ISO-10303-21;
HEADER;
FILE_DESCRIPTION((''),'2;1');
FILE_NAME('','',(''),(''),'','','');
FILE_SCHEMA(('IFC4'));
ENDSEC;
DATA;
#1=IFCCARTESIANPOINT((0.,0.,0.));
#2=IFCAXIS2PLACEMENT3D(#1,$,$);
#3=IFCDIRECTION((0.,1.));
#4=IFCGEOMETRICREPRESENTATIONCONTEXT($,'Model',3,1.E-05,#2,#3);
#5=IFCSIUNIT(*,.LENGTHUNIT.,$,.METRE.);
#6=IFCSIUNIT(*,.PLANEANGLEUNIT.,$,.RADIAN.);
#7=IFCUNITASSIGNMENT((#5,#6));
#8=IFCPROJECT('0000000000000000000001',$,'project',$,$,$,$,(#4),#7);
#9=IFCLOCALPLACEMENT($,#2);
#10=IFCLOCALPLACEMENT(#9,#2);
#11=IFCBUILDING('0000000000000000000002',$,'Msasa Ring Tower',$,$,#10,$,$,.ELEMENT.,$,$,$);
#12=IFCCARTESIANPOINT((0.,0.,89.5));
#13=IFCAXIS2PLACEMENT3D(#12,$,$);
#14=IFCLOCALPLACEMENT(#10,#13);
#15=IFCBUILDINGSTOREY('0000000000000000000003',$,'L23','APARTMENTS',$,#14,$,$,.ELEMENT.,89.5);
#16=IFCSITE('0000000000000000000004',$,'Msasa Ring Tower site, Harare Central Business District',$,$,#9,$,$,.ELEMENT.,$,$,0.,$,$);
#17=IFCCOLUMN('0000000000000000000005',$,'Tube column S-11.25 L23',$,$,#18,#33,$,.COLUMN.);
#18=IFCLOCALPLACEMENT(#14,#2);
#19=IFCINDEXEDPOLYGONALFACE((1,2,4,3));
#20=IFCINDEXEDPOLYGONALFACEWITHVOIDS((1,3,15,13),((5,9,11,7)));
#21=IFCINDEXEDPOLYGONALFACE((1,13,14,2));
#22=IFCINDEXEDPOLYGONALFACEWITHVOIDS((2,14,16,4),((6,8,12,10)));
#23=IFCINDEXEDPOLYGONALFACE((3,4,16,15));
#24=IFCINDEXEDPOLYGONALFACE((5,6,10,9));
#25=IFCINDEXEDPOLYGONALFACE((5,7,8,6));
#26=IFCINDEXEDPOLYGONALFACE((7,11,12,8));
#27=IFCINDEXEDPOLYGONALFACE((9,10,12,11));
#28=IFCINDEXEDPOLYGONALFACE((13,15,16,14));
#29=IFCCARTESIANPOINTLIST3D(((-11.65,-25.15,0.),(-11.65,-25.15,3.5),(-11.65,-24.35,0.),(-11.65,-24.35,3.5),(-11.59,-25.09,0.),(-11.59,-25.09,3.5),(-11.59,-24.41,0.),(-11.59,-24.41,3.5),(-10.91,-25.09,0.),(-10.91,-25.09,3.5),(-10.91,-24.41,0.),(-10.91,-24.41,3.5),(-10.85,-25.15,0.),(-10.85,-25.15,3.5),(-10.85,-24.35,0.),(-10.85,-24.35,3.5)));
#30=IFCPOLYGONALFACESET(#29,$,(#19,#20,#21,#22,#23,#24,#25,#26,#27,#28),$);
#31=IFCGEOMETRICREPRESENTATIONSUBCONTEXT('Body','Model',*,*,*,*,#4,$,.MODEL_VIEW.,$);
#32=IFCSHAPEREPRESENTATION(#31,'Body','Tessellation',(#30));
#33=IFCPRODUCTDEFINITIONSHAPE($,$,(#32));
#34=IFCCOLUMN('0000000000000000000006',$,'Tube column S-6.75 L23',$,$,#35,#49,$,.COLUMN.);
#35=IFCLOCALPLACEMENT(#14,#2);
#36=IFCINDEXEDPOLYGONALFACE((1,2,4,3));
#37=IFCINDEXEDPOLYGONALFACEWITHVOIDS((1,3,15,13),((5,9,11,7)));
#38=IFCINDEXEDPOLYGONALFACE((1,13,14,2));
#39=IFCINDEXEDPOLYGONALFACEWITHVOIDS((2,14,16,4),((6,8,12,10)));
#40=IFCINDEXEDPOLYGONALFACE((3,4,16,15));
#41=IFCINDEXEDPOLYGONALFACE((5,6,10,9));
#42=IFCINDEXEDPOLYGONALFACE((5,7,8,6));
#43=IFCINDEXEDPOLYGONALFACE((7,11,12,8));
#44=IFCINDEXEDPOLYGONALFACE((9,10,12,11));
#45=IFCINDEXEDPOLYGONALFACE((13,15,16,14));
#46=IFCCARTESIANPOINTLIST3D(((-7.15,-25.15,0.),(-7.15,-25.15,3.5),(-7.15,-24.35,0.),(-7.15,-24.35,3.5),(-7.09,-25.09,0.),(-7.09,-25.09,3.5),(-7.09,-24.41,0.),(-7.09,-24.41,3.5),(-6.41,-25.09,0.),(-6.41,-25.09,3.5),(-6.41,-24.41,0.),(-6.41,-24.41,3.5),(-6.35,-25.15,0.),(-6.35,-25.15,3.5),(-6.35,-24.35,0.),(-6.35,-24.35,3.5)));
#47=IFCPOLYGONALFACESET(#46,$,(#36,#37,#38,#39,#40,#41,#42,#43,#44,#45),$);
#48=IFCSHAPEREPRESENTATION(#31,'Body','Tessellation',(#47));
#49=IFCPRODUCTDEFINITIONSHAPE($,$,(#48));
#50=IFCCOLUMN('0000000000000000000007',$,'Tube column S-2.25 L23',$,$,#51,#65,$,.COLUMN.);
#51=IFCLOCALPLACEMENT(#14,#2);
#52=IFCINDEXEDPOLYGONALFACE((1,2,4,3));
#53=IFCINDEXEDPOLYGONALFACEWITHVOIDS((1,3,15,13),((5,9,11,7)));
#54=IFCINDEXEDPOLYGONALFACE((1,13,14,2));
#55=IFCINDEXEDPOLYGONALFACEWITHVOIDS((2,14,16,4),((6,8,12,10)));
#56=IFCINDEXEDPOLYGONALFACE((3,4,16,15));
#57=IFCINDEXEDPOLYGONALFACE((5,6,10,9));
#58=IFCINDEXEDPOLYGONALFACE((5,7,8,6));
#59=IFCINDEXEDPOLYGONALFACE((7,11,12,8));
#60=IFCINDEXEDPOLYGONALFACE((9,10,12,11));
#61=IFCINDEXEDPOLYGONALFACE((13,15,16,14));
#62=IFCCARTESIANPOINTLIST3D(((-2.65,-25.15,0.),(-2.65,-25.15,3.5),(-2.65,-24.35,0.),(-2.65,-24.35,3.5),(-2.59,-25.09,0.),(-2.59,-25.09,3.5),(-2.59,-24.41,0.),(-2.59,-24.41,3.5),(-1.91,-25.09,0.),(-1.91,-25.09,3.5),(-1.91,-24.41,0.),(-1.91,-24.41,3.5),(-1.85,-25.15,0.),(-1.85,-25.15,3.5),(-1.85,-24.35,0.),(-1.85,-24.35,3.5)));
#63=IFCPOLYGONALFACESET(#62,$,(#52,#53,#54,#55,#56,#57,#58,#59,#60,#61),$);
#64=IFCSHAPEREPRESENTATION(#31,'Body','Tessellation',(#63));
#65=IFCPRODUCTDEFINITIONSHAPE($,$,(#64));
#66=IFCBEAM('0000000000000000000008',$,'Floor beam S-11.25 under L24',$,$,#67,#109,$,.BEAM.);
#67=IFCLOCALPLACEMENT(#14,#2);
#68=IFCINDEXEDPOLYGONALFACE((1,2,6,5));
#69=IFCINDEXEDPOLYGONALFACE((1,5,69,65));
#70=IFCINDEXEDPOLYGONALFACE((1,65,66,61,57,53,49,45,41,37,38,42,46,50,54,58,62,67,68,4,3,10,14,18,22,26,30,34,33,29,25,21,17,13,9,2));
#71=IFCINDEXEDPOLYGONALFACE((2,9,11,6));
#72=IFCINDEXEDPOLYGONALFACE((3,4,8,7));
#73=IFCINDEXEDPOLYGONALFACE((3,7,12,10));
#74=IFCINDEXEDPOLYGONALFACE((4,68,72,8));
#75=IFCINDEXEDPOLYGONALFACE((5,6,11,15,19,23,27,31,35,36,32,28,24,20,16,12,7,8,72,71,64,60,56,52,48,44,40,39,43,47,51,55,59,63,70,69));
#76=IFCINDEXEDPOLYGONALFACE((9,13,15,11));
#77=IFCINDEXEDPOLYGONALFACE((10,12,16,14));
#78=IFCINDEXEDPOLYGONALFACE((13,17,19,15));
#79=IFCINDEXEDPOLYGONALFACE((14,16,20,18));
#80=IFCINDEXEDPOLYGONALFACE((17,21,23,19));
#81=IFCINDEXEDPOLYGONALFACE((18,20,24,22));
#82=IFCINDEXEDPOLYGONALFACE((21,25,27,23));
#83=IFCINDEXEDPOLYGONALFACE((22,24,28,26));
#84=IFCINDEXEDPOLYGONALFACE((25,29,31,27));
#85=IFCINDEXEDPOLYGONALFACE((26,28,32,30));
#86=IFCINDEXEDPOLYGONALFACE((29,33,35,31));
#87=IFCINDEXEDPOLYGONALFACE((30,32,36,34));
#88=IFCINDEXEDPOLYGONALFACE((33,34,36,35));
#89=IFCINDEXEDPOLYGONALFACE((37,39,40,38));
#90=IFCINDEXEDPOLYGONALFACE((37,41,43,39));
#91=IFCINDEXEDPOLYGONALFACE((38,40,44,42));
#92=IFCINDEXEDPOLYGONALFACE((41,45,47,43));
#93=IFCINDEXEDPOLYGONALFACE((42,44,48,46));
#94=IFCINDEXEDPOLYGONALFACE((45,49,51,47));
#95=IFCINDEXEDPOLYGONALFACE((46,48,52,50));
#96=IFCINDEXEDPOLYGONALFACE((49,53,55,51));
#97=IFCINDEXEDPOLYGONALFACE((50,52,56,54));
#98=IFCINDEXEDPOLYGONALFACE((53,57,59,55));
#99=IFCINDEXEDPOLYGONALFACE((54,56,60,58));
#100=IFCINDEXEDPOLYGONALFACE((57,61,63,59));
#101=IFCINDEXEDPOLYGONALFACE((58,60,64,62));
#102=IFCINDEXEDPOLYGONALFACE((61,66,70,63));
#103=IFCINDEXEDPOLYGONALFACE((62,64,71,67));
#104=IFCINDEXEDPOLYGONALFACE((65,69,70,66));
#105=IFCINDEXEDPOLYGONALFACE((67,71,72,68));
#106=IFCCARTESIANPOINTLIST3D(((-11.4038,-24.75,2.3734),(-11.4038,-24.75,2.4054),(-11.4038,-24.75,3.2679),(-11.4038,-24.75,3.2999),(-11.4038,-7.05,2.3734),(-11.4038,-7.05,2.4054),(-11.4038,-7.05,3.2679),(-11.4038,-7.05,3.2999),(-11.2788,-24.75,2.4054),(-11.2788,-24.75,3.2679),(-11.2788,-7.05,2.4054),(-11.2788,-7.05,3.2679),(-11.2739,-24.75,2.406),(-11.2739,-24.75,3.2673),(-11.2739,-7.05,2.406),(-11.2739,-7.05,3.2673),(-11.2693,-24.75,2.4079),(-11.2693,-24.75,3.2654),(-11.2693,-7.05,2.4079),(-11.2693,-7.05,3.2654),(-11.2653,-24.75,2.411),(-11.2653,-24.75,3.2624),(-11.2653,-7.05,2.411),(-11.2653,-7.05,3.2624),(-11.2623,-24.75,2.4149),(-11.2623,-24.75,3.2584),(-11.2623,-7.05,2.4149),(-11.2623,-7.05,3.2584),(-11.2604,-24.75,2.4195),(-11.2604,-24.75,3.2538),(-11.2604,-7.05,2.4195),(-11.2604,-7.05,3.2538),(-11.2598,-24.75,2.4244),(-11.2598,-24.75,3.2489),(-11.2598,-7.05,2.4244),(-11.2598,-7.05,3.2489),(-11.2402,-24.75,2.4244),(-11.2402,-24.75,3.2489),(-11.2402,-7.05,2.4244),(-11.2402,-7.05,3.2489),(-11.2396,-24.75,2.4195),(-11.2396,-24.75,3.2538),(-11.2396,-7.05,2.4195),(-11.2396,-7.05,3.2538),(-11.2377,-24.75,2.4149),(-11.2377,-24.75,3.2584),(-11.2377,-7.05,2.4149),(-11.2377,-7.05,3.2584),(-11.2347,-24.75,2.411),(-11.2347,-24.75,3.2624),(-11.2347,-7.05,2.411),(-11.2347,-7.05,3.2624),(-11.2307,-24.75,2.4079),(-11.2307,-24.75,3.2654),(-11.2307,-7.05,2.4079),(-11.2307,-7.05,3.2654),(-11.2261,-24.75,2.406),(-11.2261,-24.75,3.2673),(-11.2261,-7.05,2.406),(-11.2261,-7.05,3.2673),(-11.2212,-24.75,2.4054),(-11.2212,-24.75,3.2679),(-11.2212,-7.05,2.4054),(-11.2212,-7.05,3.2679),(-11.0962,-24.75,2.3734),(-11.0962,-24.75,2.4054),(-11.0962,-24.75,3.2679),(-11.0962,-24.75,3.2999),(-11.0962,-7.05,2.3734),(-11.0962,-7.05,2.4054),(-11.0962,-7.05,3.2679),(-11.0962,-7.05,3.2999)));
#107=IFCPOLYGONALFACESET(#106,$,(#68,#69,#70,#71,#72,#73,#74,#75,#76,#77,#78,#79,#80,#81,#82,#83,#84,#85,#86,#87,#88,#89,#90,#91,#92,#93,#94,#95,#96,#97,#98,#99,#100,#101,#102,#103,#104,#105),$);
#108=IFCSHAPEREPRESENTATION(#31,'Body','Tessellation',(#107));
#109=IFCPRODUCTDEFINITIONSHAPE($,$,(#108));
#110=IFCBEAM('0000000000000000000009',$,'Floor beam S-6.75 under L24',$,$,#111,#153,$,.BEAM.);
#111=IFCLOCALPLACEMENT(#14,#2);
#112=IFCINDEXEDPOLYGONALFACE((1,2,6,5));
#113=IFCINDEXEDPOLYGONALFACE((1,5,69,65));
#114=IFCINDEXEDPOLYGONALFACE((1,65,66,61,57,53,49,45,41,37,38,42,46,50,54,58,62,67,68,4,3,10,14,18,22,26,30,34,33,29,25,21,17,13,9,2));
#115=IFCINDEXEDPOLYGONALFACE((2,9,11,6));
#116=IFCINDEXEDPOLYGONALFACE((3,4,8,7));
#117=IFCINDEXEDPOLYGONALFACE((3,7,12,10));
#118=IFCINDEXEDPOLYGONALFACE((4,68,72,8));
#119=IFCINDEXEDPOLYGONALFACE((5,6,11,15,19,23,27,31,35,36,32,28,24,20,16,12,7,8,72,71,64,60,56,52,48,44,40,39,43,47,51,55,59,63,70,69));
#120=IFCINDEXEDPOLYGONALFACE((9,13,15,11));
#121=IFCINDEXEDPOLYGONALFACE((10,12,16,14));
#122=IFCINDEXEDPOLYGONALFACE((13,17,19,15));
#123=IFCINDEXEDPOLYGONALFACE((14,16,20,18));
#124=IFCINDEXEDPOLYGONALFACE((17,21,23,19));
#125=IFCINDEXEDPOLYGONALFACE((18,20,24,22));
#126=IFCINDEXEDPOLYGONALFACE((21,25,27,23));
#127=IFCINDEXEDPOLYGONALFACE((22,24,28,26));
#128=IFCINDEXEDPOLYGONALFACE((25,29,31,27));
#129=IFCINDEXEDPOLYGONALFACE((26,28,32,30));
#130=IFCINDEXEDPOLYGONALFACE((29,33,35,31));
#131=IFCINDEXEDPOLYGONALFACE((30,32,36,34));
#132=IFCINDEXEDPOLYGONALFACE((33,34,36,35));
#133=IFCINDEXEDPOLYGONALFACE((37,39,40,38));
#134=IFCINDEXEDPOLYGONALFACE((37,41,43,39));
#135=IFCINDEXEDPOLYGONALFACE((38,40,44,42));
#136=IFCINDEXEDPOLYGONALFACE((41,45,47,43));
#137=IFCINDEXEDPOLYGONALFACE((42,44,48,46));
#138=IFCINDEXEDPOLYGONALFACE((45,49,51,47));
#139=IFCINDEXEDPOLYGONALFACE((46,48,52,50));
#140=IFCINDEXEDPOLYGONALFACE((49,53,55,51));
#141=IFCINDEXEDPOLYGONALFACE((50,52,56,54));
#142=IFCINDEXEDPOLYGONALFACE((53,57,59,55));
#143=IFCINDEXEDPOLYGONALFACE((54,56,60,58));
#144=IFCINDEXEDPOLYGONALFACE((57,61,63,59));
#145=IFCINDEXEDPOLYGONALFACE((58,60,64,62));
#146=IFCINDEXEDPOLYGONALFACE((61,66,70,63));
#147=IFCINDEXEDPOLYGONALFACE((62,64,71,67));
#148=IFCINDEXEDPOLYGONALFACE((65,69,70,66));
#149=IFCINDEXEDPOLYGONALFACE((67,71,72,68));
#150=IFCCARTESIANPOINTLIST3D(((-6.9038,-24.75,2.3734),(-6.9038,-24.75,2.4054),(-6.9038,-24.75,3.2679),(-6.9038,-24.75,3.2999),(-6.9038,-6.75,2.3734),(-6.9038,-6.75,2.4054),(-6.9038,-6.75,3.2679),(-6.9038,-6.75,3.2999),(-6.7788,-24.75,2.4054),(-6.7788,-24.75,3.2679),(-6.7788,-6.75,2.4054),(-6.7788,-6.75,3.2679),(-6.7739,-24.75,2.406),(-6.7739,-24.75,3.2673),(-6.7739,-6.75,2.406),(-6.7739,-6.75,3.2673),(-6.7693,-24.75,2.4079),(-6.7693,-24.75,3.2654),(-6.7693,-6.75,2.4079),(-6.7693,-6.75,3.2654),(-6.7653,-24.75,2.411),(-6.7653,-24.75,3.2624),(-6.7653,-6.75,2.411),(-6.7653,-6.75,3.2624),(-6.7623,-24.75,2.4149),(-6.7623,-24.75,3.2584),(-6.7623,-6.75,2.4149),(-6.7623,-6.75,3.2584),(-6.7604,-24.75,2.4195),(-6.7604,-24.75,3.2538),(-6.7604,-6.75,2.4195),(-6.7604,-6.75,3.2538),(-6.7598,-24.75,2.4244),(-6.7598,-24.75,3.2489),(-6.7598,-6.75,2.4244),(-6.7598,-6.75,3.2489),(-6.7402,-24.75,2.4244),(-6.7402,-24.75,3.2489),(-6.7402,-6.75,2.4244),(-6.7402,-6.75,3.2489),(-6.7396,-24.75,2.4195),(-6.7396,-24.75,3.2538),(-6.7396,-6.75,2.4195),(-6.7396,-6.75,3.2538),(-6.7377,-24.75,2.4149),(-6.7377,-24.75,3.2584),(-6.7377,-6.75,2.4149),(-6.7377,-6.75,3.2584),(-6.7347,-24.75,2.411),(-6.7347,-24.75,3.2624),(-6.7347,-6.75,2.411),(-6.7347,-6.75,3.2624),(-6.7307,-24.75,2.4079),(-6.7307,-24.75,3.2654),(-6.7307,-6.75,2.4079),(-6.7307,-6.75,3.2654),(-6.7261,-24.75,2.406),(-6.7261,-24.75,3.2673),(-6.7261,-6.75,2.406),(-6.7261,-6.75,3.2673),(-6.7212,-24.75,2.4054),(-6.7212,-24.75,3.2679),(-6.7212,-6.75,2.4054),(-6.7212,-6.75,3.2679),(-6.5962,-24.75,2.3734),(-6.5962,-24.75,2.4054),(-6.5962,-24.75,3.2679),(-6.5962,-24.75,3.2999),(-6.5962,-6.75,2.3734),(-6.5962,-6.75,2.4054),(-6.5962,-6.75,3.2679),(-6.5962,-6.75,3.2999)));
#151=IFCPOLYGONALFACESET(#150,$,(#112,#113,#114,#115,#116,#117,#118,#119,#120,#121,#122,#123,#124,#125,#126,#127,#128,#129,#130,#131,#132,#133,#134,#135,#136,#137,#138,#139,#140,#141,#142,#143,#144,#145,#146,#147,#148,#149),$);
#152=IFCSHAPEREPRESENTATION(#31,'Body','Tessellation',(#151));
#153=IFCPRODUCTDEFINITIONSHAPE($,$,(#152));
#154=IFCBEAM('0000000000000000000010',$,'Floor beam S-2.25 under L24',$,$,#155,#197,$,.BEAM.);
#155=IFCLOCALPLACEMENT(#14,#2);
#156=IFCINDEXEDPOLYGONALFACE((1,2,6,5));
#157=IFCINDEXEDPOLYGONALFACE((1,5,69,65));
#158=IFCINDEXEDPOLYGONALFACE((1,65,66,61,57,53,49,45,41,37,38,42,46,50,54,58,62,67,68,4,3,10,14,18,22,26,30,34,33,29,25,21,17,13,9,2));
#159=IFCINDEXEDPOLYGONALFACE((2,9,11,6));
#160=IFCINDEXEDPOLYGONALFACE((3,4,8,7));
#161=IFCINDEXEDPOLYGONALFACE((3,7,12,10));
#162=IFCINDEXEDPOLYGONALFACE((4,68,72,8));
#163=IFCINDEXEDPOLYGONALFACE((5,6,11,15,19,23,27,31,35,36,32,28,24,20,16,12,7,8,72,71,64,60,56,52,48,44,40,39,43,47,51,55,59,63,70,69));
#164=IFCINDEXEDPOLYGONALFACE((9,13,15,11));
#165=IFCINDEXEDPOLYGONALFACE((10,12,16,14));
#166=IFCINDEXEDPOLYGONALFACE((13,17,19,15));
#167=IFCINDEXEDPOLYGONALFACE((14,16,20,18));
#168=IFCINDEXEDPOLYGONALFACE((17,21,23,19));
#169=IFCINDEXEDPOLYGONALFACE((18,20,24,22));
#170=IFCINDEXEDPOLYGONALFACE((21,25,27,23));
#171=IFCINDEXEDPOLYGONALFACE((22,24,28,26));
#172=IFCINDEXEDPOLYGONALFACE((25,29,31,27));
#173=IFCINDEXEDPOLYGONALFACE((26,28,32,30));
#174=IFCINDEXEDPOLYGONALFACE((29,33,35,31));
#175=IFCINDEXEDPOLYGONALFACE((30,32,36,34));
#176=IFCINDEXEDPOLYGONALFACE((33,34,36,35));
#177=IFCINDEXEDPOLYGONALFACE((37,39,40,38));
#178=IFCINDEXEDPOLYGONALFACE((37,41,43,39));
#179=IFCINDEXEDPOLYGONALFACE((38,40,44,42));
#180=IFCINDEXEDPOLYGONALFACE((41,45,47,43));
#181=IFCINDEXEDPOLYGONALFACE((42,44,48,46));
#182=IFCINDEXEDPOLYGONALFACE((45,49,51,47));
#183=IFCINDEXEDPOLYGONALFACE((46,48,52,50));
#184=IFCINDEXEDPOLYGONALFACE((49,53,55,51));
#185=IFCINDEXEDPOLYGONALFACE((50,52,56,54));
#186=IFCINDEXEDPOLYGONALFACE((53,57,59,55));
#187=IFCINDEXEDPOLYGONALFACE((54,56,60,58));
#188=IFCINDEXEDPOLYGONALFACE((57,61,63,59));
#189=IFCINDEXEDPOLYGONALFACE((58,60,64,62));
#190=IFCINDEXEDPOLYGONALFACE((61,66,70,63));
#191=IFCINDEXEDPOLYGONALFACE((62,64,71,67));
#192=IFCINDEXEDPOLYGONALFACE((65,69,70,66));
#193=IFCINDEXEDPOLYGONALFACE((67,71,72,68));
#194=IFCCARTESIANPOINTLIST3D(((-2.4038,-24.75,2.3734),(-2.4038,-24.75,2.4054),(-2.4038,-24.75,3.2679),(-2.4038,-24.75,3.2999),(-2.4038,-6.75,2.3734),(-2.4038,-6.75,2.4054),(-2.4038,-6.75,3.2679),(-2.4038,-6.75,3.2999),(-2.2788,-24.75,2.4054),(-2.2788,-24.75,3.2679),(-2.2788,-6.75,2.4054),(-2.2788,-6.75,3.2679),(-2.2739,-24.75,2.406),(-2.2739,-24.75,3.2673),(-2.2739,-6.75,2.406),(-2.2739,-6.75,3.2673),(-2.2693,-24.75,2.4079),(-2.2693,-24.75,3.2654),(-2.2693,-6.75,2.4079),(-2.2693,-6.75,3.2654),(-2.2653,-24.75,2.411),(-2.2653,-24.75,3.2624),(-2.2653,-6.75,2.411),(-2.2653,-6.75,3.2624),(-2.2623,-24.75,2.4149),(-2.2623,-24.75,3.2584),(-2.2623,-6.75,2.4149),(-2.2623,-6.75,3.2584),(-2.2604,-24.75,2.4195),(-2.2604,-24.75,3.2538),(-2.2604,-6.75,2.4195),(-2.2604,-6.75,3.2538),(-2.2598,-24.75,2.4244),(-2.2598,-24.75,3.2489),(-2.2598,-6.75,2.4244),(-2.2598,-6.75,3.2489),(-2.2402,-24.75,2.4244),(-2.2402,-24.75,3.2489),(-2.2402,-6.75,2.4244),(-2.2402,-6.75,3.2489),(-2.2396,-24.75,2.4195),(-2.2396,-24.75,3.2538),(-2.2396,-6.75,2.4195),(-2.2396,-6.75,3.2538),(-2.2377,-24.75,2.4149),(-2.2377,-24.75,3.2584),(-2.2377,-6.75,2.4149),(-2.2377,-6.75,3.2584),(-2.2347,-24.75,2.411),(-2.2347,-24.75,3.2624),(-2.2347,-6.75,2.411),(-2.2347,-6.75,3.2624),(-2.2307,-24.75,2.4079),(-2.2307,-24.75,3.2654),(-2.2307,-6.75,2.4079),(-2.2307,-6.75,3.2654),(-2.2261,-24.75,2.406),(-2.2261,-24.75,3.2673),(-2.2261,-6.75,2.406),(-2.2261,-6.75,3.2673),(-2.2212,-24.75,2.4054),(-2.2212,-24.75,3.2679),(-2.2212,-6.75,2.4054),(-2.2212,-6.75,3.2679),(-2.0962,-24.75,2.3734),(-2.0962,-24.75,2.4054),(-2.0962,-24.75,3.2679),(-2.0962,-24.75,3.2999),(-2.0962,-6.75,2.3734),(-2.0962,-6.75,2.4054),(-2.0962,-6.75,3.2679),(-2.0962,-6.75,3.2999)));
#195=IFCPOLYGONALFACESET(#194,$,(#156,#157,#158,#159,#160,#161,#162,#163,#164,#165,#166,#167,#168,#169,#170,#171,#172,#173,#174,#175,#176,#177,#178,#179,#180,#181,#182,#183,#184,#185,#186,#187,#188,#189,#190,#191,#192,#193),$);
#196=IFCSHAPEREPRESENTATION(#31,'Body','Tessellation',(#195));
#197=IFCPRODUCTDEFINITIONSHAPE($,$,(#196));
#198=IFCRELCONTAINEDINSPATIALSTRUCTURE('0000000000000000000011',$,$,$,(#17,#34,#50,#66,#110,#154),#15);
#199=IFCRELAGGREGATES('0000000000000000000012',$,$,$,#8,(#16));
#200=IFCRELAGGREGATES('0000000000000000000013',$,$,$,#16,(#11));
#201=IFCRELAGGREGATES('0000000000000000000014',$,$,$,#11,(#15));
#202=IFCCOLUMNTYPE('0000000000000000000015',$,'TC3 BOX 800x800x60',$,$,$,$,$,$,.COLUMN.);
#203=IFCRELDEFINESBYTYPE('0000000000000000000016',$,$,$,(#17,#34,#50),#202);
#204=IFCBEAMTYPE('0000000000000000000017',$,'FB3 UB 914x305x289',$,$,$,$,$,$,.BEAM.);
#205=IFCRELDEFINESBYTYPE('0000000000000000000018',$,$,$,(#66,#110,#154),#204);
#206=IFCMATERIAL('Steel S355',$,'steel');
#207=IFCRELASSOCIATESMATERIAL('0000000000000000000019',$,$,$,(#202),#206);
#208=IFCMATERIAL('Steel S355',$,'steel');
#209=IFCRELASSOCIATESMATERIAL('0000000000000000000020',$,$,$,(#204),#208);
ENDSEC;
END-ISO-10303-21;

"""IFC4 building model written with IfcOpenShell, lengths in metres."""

from ifc_helpers import new_model, si_unit, direction, frame, origin, origin_2d, place, context, subcontext, project, spatial, hollow_rectangle, i_section, extrude, material, material_profile, profile_set, type_object, element, save


model = new_model("IFC4")

# Units and contexts
model_context = context("Model", 3, precision=1e-05, world=origin(), true_north=direction((0.0, 1.0)))
body_context = subcontext(model_context, "Body", "Model", "MODEL_VIEW")
ifc_project = project(units=[si_unit("LENGTHUNIT", "METRE"), si_unit("PLANEANGLEUNIT", "RADIAN")], contexts=[model_context])

# Site, building, storey
site_placement = place(None, origin())
site = spatial("IfcSite", under=ifc_project, at=site_placement, Name="Msasa Ring Tower site, Harare Central Business District", CompositionType="ELEMENT", RefElevation=0.0)
building_placement = place(site_placement, origin())
building = spatial("IfcBuilding", under=site, at=building_placement, Name="Msasa Ring Tower", CompositionType="ELEMENT")
storey_placement = place(building_placement, frame((0.0, 0.0, 89.5)))
storey = spatial("IfcBuildingStorey", under=building, at=storey_placement, Name="L23", Description="APARTMENTS", CompositionType="ELEMENT", Elevation=89.5)

# Columns
ifc_material_1 = material(Name="Steel S355", Category="steel")
ifc_material_profile_1 = material_profile(ifc_material_1, hollow_rectangle(XDim=0.8, YDim=0.8, WallThickness=0.0601, at=origin_2d()), Name="BOX 800x800x60")
ifc_profile_set_1 = profile_set([ifc_material_profile_1], Name="Steel S355")
column_type = type_object("IfcColumnType", Name="TC3 BOX 800x800x60", PredefinedType="COLUMN", material=ifc_profile_set_1)
for number, where, z_axis, x_axis, name in (
    (1, (-11.25, -24.75, 0.0), (0.0, 0.0, 1.0), (0.0, 1.0, 0.0), "Tube column S-11.25 L23"),
    (2, (-6.75, -24.75, 0.0), (0.0, 0.0, 1.0), (0.0, 1.0, 0.0), "Tube column S-6.75 L23"),
    (3, (-2.25, -24.75, 0.0), (0.0, 0.0, 1.0), (0.0, 1.0, 0.0), "Tube column S-2.25 L23"),
):
    element("IfcColumn", number, at=place(storey_placement, frame(where, z_axis=z_axis, x_axis=x_axis)), inside=storey, type_object=column_type, Name=name, PredefinedType="COLUMN", context=body_context, shape_type="SweptSolid", body=[
        extrude(hollow_rectangle(XDim=0.8, YDim=0.8, WallThickness=0.0601, at=origin_2d()), origin(), (0.0, 0.0, 1.0), 3.5),
    ])

# Beams
ifc_material_2 = material(Name="Steel S355", Category="steel")
ifc_material_profile_2 = material_profile(ifc_material_2, i_section(OverallWidth=0.3076, OverallDepth=0.9265, WebThickness=0.0195, FlangeThickness=0.032, FilletRadius=0.019, at=origin_2d()), Name="UB 914x305x289")
ifc_profile_set_2 = profile_set([ifc_material_profile_2], Name="Steel S355")
beam_type_1 = type_object("IfcBeamType", Name="FB3 UB 914x305x289", PredefinedType="BEAM", material=ifc_profile_set_2)
beam_placement = place(storey_placement, frame((-11.25, -24.75, 2.8367), z_axis=(0.0, 1.0, 0.0), x_axis=(-1.0, 0.0, 0.0)))
element("IfcBeam", 4, at=beam_placement, inside=storey, type_object=beam_type_1, Name="Floor beam S-11.25 under L24", PredefinedType="BEAM", context=body_context, shape_type="SweptSolid", body=[
    extrude(i_section(OverallWidth=0.3076, OverallDepth=0.9265, WebThickness=0.0195, FlangeThickness=0.032, FilletRadius=0.019, at=origin_2d()), origin(), (0.0, 0.0, 1.0), 17.7),
])
for number, where, z_axis, x_axis, name in (
    (5, (-6.75, -24.75, 2.8367), (0.0, 1.0, 0.0), (-1.0, 0.0, 0.0), "Floor beam S-6.75 under L24"),
    (6, (-2.25, -24.75, 2.8367), (0.0, 1.0, 0.0), (-1.0, 0.0, 0.0), "Floor beam S-2.25 under L24"),
):
    element("IfcBeam", number, at=place(storey_placement, frame(where, z_axis=z_axis, x_axis=x_axis)), inside=storey, type_object=beam_type_1, Name=name, PredefinedType="BEAM", context=body_context, shape_type="SweptSolid", body=[
        extrude(i_section(OverallWidth=0.3076, OverallDepth=0.9265, WebThickness=0.0195, FlangeThickness=0.032, FilletRadius=0.019, at=origin_2d()), origin(), (0.0, 0.0, 1.0), 18.0),
    ])

save(model, "model.ifc")
